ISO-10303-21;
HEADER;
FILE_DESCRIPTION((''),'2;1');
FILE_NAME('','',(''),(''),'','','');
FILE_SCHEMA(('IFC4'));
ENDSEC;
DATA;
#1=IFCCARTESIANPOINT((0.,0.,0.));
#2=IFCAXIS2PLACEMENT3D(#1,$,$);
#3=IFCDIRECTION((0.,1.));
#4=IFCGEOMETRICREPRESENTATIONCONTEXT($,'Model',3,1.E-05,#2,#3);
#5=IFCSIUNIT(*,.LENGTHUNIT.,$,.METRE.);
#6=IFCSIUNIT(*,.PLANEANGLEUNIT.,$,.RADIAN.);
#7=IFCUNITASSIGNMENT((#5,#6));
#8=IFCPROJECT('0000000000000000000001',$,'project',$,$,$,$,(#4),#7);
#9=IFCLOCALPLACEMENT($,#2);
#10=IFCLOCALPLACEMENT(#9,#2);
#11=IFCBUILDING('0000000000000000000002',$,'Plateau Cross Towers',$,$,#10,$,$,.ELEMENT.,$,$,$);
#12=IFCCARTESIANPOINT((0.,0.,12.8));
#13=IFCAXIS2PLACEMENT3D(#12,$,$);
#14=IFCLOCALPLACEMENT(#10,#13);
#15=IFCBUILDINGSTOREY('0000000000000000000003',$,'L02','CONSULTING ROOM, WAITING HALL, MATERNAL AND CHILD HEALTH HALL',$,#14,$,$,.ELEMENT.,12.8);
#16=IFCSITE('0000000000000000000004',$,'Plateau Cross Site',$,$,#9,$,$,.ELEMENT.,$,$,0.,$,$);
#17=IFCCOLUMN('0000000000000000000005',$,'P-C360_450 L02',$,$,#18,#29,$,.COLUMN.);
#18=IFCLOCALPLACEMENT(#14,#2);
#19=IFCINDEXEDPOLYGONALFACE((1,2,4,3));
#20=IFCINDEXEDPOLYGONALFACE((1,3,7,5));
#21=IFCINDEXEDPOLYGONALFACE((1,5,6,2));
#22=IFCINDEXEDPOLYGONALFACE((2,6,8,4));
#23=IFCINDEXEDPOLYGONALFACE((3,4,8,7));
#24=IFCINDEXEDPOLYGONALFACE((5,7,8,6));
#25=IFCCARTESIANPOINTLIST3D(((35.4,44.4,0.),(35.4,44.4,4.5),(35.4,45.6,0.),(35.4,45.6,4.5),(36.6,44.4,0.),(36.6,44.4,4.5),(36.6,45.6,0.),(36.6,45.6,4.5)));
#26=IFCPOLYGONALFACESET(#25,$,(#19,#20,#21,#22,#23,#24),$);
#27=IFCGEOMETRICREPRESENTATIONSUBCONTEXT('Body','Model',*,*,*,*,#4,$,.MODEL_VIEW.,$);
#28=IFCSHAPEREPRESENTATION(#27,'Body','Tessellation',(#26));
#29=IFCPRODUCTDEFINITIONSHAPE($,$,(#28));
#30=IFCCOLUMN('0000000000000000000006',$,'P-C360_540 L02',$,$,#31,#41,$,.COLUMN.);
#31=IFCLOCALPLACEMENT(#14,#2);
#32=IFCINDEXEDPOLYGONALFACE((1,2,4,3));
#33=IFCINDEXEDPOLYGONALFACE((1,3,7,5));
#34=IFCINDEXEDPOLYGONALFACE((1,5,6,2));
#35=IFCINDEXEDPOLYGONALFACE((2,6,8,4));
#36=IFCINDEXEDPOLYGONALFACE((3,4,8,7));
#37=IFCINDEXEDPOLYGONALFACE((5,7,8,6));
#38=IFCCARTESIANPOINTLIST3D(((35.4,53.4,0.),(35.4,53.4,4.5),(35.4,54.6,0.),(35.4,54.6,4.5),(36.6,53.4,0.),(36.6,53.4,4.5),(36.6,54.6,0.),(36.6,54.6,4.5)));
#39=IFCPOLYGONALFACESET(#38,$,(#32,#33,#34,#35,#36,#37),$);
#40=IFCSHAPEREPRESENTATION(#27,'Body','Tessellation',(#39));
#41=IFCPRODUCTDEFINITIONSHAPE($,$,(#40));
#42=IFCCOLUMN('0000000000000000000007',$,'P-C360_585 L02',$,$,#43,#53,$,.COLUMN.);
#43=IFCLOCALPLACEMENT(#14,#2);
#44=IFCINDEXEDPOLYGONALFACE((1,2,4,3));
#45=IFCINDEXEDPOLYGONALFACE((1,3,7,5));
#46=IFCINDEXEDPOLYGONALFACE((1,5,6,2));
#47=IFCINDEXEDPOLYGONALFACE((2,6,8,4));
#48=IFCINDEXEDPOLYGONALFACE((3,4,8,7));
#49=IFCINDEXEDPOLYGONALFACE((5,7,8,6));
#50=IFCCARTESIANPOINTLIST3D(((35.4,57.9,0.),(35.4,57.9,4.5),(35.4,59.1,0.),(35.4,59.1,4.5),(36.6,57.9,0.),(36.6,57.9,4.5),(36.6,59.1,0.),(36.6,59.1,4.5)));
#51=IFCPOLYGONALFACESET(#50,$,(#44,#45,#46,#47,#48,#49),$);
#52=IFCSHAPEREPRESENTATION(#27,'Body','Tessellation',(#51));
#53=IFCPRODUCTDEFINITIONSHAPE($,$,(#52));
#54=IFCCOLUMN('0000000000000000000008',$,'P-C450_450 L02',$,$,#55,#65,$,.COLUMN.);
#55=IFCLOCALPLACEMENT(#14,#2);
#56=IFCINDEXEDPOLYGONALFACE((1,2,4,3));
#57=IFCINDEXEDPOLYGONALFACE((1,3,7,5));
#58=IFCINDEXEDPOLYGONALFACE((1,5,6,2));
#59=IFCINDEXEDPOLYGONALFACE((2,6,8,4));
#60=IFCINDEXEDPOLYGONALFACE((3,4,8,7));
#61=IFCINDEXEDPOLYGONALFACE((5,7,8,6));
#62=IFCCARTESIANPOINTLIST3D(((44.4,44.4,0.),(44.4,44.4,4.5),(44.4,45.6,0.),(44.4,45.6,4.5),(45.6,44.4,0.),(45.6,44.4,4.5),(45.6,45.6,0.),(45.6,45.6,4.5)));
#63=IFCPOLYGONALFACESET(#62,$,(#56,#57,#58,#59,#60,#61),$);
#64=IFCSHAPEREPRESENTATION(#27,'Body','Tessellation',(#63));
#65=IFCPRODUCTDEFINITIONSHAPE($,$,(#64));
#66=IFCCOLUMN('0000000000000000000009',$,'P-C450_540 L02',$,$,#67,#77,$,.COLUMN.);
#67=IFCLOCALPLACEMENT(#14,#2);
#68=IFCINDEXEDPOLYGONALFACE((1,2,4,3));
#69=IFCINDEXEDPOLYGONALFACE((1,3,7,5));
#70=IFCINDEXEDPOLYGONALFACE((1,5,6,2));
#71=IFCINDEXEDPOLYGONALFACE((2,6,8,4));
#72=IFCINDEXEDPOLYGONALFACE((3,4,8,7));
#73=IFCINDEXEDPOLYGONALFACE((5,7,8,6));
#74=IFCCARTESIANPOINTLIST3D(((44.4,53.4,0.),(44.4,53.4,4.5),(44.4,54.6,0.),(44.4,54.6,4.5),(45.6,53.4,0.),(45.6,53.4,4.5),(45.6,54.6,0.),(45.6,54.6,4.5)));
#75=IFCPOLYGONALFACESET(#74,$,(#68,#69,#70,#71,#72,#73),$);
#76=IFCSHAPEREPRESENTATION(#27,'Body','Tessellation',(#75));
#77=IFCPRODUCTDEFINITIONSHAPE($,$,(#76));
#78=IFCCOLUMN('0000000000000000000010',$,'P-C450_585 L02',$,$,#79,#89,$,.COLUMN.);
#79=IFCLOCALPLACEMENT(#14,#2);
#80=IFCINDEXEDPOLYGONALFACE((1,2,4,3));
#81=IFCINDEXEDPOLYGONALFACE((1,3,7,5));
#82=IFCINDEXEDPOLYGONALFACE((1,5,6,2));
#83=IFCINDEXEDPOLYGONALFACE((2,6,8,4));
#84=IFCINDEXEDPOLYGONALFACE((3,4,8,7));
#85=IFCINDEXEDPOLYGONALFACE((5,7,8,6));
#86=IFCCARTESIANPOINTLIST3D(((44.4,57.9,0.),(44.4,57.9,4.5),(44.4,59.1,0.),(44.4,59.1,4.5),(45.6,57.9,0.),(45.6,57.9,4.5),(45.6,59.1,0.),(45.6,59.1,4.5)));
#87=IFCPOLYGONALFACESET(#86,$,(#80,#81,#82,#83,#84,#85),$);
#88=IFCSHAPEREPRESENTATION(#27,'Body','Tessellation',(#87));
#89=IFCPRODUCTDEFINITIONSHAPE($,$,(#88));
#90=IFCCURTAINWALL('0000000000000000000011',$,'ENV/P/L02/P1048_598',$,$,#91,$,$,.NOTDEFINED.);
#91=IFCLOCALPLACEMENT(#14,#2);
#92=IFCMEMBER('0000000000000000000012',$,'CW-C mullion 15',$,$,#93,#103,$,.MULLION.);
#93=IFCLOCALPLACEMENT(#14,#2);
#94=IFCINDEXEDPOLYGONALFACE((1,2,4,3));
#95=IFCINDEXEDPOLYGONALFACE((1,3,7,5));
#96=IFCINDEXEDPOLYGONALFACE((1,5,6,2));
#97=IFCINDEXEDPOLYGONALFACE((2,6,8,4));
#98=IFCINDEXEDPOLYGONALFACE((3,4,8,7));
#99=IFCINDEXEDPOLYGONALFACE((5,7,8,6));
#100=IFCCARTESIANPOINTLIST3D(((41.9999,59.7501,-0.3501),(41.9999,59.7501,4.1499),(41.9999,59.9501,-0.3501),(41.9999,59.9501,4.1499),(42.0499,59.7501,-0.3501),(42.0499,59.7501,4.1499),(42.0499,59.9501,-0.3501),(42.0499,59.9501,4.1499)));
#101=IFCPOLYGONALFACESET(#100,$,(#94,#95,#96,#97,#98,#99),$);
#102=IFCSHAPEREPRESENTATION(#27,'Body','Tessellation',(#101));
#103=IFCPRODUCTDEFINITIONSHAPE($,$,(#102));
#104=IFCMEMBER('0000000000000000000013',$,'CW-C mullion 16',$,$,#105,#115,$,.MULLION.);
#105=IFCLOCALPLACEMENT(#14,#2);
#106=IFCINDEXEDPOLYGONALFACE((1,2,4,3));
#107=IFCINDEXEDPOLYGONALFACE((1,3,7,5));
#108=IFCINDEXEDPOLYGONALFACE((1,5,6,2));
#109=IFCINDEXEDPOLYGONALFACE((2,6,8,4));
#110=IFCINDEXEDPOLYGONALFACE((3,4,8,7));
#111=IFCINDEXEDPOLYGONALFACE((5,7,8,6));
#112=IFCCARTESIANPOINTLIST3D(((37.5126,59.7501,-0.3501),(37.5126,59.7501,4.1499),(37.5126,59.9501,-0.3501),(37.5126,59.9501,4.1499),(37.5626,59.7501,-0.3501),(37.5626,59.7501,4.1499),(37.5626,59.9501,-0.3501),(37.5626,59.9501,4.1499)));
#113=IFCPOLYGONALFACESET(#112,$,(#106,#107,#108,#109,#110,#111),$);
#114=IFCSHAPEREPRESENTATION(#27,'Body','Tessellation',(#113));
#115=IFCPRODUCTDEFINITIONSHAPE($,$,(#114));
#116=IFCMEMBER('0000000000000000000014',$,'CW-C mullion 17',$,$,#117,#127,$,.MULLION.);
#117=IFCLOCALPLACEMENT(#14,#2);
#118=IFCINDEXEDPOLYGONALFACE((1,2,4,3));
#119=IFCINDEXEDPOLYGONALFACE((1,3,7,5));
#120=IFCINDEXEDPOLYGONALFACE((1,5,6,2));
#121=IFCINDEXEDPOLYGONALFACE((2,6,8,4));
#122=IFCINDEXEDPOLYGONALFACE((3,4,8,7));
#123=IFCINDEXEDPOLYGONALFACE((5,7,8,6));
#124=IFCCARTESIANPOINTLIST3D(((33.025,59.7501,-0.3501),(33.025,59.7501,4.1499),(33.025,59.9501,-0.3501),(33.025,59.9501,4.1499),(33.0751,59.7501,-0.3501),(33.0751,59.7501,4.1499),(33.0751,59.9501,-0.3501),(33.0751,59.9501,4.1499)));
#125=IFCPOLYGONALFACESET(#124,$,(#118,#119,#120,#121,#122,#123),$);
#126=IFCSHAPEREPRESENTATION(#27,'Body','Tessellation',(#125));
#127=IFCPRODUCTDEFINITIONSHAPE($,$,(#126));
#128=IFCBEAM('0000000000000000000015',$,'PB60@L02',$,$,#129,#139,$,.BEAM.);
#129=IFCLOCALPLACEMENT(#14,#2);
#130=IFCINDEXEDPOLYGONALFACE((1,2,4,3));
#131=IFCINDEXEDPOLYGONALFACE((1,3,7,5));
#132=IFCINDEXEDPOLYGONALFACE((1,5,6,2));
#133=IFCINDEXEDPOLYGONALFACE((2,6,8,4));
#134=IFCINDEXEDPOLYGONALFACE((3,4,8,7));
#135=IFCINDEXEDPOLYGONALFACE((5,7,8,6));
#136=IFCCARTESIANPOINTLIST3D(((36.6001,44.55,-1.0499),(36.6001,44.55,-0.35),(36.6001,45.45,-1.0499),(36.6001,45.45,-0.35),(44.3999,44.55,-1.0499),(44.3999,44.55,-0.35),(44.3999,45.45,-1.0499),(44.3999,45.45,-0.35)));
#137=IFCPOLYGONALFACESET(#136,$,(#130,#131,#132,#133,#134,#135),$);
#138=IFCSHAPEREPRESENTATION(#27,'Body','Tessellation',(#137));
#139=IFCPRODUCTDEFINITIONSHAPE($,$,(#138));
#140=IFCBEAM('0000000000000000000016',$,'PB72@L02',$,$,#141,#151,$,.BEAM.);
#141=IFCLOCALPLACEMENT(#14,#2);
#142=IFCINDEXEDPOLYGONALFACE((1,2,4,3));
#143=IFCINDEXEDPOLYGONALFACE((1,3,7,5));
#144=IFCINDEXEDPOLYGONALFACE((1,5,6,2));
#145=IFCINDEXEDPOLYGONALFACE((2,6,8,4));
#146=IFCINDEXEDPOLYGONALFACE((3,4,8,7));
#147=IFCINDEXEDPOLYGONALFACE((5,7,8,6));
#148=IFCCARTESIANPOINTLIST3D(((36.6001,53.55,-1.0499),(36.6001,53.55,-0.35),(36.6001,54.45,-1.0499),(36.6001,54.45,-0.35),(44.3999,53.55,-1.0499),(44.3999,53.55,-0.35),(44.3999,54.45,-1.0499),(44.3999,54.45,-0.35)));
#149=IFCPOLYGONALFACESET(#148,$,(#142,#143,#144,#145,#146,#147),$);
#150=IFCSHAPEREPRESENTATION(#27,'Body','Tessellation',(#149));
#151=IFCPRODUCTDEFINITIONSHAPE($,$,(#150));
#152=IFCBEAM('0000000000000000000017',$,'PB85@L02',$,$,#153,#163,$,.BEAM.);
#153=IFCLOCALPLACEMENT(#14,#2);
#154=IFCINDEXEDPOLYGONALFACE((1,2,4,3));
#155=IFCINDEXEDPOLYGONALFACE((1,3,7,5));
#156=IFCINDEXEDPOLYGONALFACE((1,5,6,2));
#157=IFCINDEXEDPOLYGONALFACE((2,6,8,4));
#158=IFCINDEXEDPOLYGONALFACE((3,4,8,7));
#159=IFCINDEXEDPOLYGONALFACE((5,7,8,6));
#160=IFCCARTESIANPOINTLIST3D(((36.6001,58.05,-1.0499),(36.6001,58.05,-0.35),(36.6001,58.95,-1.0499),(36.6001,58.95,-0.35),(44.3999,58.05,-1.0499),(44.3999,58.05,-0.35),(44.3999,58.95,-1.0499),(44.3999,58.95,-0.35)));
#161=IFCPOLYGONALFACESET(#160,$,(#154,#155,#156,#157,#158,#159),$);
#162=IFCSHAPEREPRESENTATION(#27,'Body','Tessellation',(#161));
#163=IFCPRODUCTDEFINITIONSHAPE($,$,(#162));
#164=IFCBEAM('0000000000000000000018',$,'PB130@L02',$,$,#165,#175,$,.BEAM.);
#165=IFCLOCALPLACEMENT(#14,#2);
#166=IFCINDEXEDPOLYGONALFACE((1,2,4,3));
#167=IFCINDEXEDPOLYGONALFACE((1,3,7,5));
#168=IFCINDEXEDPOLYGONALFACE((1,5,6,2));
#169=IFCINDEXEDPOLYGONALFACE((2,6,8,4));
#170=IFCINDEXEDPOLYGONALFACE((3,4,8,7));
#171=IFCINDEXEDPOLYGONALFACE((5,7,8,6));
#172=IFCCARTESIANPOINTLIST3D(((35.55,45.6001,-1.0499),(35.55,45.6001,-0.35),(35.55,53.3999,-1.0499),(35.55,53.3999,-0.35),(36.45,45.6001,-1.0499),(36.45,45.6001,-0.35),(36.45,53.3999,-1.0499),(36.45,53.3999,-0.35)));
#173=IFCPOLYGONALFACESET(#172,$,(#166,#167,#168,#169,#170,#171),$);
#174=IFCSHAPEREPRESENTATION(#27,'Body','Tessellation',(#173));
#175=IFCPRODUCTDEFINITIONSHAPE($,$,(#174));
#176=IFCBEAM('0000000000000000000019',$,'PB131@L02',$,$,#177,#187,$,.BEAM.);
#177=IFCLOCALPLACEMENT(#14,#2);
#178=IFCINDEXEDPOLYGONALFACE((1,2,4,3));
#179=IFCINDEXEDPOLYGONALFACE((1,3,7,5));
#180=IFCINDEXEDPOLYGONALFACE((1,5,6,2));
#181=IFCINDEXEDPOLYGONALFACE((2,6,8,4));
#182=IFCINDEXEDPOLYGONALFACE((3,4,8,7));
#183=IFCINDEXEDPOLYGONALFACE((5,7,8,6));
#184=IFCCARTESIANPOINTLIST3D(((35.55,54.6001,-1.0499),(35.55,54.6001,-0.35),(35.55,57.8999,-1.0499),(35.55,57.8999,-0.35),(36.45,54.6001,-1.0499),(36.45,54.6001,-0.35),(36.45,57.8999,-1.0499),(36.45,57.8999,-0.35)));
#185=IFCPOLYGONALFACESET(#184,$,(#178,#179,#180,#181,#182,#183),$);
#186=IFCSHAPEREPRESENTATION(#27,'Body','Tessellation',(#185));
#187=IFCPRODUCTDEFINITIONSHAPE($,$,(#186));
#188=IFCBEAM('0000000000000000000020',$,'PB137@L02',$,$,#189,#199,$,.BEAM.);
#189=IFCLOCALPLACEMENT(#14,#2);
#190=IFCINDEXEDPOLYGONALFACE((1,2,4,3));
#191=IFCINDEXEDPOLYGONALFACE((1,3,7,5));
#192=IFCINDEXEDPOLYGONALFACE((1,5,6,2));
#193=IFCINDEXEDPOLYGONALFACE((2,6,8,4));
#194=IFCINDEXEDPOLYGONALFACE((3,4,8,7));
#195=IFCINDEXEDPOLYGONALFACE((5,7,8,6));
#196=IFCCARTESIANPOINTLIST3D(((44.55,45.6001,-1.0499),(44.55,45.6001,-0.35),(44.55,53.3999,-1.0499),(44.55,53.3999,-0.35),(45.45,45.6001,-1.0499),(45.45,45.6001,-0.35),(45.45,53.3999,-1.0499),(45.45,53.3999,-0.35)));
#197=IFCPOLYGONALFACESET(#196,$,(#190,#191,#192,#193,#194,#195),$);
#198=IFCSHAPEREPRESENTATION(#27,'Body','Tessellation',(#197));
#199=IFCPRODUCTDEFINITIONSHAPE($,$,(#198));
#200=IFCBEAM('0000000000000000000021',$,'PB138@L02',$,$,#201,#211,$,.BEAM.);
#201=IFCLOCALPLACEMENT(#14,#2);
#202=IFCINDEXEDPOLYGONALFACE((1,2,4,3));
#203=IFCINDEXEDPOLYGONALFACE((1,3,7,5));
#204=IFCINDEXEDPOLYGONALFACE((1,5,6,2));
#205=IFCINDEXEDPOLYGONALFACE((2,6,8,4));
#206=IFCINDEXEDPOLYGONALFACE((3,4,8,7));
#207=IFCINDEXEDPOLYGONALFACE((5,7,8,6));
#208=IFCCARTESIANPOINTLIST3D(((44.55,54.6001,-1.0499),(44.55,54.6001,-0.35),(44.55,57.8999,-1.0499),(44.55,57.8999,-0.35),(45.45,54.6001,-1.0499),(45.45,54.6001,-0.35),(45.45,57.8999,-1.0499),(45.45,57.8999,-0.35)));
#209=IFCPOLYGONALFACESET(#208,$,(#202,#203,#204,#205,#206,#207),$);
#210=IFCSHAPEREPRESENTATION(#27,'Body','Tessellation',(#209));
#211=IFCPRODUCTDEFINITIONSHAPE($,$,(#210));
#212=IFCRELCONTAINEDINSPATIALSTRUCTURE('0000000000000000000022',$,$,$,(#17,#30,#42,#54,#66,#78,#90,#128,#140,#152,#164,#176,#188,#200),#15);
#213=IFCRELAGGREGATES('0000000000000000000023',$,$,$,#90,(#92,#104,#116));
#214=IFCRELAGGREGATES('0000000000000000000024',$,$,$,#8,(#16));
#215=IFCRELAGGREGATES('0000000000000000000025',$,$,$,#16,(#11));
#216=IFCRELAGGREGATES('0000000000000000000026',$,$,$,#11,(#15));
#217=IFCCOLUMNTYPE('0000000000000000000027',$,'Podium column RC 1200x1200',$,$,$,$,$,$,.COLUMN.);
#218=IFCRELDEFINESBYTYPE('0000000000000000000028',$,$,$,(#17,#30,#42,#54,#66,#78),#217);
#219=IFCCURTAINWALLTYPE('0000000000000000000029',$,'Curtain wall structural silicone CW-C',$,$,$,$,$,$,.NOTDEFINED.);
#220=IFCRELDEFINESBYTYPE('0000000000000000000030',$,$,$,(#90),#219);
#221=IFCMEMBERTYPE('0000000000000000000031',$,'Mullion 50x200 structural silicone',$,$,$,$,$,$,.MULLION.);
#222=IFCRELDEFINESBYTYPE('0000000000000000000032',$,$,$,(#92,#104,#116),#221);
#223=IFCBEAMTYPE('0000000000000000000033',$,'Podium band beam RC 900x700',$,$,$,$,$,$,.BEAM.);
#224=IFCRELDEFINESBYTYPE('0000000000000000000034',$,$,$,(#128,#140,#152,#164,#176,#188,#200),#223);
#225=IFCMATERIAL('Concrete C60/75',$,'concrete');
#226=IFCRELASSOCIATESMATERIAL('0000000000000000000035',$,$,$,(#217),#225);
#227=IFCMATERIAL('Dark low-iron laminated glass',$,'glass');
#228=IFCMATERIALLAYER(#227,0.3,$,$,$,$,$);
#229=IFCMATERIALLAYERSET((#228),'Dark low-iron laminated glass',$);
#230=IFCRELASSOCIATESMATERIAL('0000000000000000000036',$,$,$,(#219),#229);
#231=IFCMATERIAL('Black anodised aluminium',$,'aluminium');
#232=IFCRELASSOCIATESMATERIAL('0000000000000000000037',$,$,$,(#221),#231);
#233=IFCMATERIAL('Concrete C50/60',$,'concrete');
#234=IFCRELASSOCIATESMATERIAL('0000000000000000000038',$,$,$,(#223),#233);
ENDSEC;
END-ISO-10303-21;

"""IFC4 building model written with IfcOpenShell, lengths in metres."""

from ifc_helpers import new_model, si_unit, direction, frame, origin, origin_2d, place, context, subcontext, project, spatial, rectangle, extrude, material, layer, layer_set, material_profile, profile_set, type_object, element, aggregate, save


model = new_model("IFC4")

# Units and contexts
model_context = context("Model", 3, precision=1e-05, world=origin(), true_north=direction((0.0, 1.0)))
body_context = subcontext(model_context, "Body", "Model", "MODEL_VIEW")
ifc_project = project(units=[si_unit("LENGTHUNIT", "METRE"), si_unit("PLANEANGLEUNIT", "RADIAN")], contexts=[model_context])

# Site, building, storey
site_placement = place(None, origin())
site = spatial("IfcSite", under=ifc_project, at=site_placement, Name="Plateau Cross Site", CompositionType="ELEMENT", RefElevation=0.0)
building_placement = place(site_placement, origin())
building = spatial("IfcBuilding", under=site, at=building_placement, Name="Plateau Cross Towers", CompositionType="ELEMENT")
storey_placement = place(building_placement, frame((0.0, 0.0, 12.8)))
storey = spatial("IfcBuildingStorey", under=building, at=storey_placement, Name="L02", Description="CONSULTING ROOM, WAITING HALL, MATERNAL AND CHILD HEALTH HALL", CompositionType="ELEMENT", Elevation=12.8)

# Columns
ifc_material_1 = material(Name="Concrete C60/75", Category="concrete")
ifc_material_profile_1 = material_profile(ifc_material_1, rectangle(XDim=1.2, YDim=1.2, at=origin_2d()), Name="RC 1200x1200")
ifc_profile_set_1 = profile_set([ifc_material_profile_1], Name="Concrete C60/75")
column_type = type_object("IfcColumnType", Name="Podium column RC 1200x1200", PredefinedType="COLUMN", material=ifc_profile_set_1)
for number, where, z_axis, x_axis, name in (
    (1, (36.0, 45.0, 0.0), (0.0, 0.0, 1.0), (1.0, 0.0, 0.0), "P-C360_450 L02"),
    (2, (36.0, 54.0, 0.0), (0.0, 0.0, 1.0), (1.0, 0.0, 0.0), "P-C360_540 L02"),
    (3, (36.0, 58.5, 0.0), (0.0, 0.0, 1.0), (1.0, 0.0, 0.0), "P-C360_585 L02"),
    (4, (45.0, 45.0, 0.0), (0.0, 0.0, 1.0), (1.0, 0.0, 0.0), "P-C450_450 L02"),
    (5, (45.0, 54.0, 0.0), (0.0, 0.0, 1.0), (1.0, 0.0, 0.0), "P-C450_540 L02"),
    (6, (45.0, 58.5, 0.0), (0.0, 0.0, 1.0), (1.0, 0.0, 0.0), "P-C450_585 L02"),
):
    element("IfcColumn", number, at=place(storey_placement, frame(where, z_axis=z_axis, x_axis=x_axis)), inside=storey, type_object=column_type, Name=name, PredefinedType="COLUMN", context=body_context, shape_type="SweptSolid", body=[
        extrude(rectangle(XDim=1.2, YDim=1.2, at=origin_2d()), origin(), (0.0, 0.0, 1.0), 4.5),
    ])

# Curtain wall, members
ifc_material_2 = material(Name="Dark low-iron laminated glass", Category="glass")
ifc_layer_1 = layer(ifc_material_2, 0.3)
ifc_layer_set_1 = layer_set([ifc_layer_1], Name="Dark low-iron laminated glass")
curtain_wall_type = type_object("IfcCurtainWallType", Name="Curtain wall structural silicone CW-C", PredefinedType="NOTDEFINED", material=ifc_layer_set_1)
curtain_wall_placement = place(storey_placement, origin())
curtain_wall = element("IfcCurtainWall", 7, at=curtain_wall_placement, inside=storey, type_object=curtain_wall_type, Name="ENV/P/L02/P1048_598", PredefinedType="NOTDEFINED")
ifc_material_3 = material(Name="Black anodised aluminium", Category="aluminium")
ifc_material_profile_2 = material_profile(ifc_material_3, rectangle(XDim=0.05, YDim=0.2, at=origin_2d()), Name="MULLION 50x200")
ifc_profile_set_2 = profile_set([ifc_material_profile_2], Name="Black anodised aluminium")
member_type = type_object("IfcMemberType", Name="Mullion 50x200 structural silicone", PredefinedType="MULLION", material=ifc_profile_set_2)
member_1_placement = place(storey_placement, frame((42.0249, 59.8501, -0.3501), z_axis=(0.0, 0.0, 1.0), x_axis=(-1.0, 0.0, 0.0)))
member_1 = element("IfcMember", 8, at=member_1_placement, type_object=member_type, Name="CW-C mullion 15", PredefinedType="MULLION", context=body_context, shape_type="SweptSolid", body=[
    extrude(rectangle(XDim=0.05, YDim=0.2, at=origin_2d()), origin(), (0.0, 0.0, 1.0), 4.5),
])
member_2_placement = place(storey_placement, frame((37.5376, 59.8501, -0.3501), z_axis=(0.0, 0.0, 1.0), x_axis=(-1.0, 0.0, 0.0)))
member_2 = element("IfcMember", 9, at=member_2_placement, type_object=member_type, Name="CW-C mullion 16", PredefinedType="MULLION", context=body_context, shape_type="SweptSolid", body=[
    extrude(rectangle(XDim=0.05, YDim=0.2, at=origin_2d()), origin(), (0.0, 0.0, 1.0), 4.5),
])
member_3_placement = place(storey_placement, frame((33.05, 59.8501, -0.3501), z_axis=(0.0, 0.0, 1.0), x_axis=(-1.0, 0.0, 0.0)))
member_3 = element("IfcMember", 10, at=member_3_placement, type_object=member_type, Name="CW-C mullion 17", PredefinedType="MULLION", context=body_context, shape_type="SweptSolid", body=[
    extrude(rectangle(XDim=0.05, YDim=0.2, at=origin_2d()), origin(), (0.0, 0.0, 1.0), 4.5),
])

# Beams
ifc_material_4 = material(Name="Concrete C50/60", Category="concrete")
ifc_material_profile_3 = material_profile(ifc_material_4, rectangle(XDim=0.8999, YDim=0.7, at=origin_2d()), Name="RC 900x700")
ifc_profile_set_3 = profile_set([ifc_material_profile_3], Name="Concrete C50/60")
beam_type = type_object("IfcBeamType", Name="Podium band beam RC 900x700", PredefinedType="BEAM", material=ifc_profile_set_3)
for number, where, z_axis, x_axis, name in (
    (11, (36.6001, 45.0, -0.7), (1.0, 0.0, 0.0), (0.0, 1.0, 0.0), "PB60@L02"),
    (12, (36.6001, 54.0, -0.7), (1.0, 0.0, 0.0), (0.0, 1.0, 0.0), "PB72@L02"),
    (13, (36.6001, 58.5, -0.7), (1.0, 0.0, 0.0), (0.0, 1.0, 0.0), "PB85@L02"),
    (14, (36.0, 45.6001, -0.7), (0.0, 1.0, 0.0), (-1.0, 0.0, 0.0), "PB130@L02"),
):
    element("IfcBeam", number, at=place(storey_placement, frame(where, z_axis=z_axis, x_axis=x_axis)), inside=storey, type_object=beam_type, Name=name, PredefinedType="BEAM", context=body_context, shape_type="SweptSolid", body=[
        extrude(rectangle(XDim=0.8999, YDim=0.7, at=origin_2d()), origin(), (0.0, 0.0, 1.0), 7.7998),
    ])
beam_1_placement = place(storey_placement, frame((36.0, 54.6001, -0.7), z_axis=(0.0, 1.0, 0.0), x_axis=(-1.0, 0.0, 0.0)))
element("IfcBeam", 15, at=beam_1_placement, inside=storey, type_object=beam_type, Name="PB131@L02", PredefinedType="BEAM", context=body_context, shape_type="SweptSolid", body=[
    extrude(rectangle(XDim=0.8999, YDim=0.7, at=origin_2d()), origin(), (0.0, 0.0, 1.0), 3.2998),
])
beam_2_placement = place(storey_placement, frame((45.0, 45.6001, -0.7), z_axis=(0.0, 1.0, 0.0), x_axis=(-1.0, 0.0, 0.0)))
element("IfcBeam", 16, at=beam_2_placement, inside=storey, type_object=beam_type, Name="PB137@L02", PredefinedType="BEAM", context=body_context, shape_type="SweptSolid", body=[
    extrude(rectangle(XDim=0.8999, YDim=0.7, at=origin_2d()), origin(), (0.0, 0.0, 1.0), 7.7998),
])
beam_3_placement = place(storey_placement, frame((45.0, 54.6001, -0.7), z_axis=(0.0, 1.0, 0.0), x_axis=(-1.0, 0.0, 0.0)))
element("IfcBeam", 17, at=beam_3_placement, inside=storey, type_object=beam_type, Name="PB138@L02", PredefinedType="BEAM", context=body_context, shape_type="SweptSolid", body=[
    extrude(rectangle(XDim=0.8999, YDim=0.7, at=origin_2d()), origin(), (0.0, 0.0, 1.0), 3.2998),
])

aggregate(curtain_wall, [member_1, member_2, member_3])

save(model, "model.ifc")
